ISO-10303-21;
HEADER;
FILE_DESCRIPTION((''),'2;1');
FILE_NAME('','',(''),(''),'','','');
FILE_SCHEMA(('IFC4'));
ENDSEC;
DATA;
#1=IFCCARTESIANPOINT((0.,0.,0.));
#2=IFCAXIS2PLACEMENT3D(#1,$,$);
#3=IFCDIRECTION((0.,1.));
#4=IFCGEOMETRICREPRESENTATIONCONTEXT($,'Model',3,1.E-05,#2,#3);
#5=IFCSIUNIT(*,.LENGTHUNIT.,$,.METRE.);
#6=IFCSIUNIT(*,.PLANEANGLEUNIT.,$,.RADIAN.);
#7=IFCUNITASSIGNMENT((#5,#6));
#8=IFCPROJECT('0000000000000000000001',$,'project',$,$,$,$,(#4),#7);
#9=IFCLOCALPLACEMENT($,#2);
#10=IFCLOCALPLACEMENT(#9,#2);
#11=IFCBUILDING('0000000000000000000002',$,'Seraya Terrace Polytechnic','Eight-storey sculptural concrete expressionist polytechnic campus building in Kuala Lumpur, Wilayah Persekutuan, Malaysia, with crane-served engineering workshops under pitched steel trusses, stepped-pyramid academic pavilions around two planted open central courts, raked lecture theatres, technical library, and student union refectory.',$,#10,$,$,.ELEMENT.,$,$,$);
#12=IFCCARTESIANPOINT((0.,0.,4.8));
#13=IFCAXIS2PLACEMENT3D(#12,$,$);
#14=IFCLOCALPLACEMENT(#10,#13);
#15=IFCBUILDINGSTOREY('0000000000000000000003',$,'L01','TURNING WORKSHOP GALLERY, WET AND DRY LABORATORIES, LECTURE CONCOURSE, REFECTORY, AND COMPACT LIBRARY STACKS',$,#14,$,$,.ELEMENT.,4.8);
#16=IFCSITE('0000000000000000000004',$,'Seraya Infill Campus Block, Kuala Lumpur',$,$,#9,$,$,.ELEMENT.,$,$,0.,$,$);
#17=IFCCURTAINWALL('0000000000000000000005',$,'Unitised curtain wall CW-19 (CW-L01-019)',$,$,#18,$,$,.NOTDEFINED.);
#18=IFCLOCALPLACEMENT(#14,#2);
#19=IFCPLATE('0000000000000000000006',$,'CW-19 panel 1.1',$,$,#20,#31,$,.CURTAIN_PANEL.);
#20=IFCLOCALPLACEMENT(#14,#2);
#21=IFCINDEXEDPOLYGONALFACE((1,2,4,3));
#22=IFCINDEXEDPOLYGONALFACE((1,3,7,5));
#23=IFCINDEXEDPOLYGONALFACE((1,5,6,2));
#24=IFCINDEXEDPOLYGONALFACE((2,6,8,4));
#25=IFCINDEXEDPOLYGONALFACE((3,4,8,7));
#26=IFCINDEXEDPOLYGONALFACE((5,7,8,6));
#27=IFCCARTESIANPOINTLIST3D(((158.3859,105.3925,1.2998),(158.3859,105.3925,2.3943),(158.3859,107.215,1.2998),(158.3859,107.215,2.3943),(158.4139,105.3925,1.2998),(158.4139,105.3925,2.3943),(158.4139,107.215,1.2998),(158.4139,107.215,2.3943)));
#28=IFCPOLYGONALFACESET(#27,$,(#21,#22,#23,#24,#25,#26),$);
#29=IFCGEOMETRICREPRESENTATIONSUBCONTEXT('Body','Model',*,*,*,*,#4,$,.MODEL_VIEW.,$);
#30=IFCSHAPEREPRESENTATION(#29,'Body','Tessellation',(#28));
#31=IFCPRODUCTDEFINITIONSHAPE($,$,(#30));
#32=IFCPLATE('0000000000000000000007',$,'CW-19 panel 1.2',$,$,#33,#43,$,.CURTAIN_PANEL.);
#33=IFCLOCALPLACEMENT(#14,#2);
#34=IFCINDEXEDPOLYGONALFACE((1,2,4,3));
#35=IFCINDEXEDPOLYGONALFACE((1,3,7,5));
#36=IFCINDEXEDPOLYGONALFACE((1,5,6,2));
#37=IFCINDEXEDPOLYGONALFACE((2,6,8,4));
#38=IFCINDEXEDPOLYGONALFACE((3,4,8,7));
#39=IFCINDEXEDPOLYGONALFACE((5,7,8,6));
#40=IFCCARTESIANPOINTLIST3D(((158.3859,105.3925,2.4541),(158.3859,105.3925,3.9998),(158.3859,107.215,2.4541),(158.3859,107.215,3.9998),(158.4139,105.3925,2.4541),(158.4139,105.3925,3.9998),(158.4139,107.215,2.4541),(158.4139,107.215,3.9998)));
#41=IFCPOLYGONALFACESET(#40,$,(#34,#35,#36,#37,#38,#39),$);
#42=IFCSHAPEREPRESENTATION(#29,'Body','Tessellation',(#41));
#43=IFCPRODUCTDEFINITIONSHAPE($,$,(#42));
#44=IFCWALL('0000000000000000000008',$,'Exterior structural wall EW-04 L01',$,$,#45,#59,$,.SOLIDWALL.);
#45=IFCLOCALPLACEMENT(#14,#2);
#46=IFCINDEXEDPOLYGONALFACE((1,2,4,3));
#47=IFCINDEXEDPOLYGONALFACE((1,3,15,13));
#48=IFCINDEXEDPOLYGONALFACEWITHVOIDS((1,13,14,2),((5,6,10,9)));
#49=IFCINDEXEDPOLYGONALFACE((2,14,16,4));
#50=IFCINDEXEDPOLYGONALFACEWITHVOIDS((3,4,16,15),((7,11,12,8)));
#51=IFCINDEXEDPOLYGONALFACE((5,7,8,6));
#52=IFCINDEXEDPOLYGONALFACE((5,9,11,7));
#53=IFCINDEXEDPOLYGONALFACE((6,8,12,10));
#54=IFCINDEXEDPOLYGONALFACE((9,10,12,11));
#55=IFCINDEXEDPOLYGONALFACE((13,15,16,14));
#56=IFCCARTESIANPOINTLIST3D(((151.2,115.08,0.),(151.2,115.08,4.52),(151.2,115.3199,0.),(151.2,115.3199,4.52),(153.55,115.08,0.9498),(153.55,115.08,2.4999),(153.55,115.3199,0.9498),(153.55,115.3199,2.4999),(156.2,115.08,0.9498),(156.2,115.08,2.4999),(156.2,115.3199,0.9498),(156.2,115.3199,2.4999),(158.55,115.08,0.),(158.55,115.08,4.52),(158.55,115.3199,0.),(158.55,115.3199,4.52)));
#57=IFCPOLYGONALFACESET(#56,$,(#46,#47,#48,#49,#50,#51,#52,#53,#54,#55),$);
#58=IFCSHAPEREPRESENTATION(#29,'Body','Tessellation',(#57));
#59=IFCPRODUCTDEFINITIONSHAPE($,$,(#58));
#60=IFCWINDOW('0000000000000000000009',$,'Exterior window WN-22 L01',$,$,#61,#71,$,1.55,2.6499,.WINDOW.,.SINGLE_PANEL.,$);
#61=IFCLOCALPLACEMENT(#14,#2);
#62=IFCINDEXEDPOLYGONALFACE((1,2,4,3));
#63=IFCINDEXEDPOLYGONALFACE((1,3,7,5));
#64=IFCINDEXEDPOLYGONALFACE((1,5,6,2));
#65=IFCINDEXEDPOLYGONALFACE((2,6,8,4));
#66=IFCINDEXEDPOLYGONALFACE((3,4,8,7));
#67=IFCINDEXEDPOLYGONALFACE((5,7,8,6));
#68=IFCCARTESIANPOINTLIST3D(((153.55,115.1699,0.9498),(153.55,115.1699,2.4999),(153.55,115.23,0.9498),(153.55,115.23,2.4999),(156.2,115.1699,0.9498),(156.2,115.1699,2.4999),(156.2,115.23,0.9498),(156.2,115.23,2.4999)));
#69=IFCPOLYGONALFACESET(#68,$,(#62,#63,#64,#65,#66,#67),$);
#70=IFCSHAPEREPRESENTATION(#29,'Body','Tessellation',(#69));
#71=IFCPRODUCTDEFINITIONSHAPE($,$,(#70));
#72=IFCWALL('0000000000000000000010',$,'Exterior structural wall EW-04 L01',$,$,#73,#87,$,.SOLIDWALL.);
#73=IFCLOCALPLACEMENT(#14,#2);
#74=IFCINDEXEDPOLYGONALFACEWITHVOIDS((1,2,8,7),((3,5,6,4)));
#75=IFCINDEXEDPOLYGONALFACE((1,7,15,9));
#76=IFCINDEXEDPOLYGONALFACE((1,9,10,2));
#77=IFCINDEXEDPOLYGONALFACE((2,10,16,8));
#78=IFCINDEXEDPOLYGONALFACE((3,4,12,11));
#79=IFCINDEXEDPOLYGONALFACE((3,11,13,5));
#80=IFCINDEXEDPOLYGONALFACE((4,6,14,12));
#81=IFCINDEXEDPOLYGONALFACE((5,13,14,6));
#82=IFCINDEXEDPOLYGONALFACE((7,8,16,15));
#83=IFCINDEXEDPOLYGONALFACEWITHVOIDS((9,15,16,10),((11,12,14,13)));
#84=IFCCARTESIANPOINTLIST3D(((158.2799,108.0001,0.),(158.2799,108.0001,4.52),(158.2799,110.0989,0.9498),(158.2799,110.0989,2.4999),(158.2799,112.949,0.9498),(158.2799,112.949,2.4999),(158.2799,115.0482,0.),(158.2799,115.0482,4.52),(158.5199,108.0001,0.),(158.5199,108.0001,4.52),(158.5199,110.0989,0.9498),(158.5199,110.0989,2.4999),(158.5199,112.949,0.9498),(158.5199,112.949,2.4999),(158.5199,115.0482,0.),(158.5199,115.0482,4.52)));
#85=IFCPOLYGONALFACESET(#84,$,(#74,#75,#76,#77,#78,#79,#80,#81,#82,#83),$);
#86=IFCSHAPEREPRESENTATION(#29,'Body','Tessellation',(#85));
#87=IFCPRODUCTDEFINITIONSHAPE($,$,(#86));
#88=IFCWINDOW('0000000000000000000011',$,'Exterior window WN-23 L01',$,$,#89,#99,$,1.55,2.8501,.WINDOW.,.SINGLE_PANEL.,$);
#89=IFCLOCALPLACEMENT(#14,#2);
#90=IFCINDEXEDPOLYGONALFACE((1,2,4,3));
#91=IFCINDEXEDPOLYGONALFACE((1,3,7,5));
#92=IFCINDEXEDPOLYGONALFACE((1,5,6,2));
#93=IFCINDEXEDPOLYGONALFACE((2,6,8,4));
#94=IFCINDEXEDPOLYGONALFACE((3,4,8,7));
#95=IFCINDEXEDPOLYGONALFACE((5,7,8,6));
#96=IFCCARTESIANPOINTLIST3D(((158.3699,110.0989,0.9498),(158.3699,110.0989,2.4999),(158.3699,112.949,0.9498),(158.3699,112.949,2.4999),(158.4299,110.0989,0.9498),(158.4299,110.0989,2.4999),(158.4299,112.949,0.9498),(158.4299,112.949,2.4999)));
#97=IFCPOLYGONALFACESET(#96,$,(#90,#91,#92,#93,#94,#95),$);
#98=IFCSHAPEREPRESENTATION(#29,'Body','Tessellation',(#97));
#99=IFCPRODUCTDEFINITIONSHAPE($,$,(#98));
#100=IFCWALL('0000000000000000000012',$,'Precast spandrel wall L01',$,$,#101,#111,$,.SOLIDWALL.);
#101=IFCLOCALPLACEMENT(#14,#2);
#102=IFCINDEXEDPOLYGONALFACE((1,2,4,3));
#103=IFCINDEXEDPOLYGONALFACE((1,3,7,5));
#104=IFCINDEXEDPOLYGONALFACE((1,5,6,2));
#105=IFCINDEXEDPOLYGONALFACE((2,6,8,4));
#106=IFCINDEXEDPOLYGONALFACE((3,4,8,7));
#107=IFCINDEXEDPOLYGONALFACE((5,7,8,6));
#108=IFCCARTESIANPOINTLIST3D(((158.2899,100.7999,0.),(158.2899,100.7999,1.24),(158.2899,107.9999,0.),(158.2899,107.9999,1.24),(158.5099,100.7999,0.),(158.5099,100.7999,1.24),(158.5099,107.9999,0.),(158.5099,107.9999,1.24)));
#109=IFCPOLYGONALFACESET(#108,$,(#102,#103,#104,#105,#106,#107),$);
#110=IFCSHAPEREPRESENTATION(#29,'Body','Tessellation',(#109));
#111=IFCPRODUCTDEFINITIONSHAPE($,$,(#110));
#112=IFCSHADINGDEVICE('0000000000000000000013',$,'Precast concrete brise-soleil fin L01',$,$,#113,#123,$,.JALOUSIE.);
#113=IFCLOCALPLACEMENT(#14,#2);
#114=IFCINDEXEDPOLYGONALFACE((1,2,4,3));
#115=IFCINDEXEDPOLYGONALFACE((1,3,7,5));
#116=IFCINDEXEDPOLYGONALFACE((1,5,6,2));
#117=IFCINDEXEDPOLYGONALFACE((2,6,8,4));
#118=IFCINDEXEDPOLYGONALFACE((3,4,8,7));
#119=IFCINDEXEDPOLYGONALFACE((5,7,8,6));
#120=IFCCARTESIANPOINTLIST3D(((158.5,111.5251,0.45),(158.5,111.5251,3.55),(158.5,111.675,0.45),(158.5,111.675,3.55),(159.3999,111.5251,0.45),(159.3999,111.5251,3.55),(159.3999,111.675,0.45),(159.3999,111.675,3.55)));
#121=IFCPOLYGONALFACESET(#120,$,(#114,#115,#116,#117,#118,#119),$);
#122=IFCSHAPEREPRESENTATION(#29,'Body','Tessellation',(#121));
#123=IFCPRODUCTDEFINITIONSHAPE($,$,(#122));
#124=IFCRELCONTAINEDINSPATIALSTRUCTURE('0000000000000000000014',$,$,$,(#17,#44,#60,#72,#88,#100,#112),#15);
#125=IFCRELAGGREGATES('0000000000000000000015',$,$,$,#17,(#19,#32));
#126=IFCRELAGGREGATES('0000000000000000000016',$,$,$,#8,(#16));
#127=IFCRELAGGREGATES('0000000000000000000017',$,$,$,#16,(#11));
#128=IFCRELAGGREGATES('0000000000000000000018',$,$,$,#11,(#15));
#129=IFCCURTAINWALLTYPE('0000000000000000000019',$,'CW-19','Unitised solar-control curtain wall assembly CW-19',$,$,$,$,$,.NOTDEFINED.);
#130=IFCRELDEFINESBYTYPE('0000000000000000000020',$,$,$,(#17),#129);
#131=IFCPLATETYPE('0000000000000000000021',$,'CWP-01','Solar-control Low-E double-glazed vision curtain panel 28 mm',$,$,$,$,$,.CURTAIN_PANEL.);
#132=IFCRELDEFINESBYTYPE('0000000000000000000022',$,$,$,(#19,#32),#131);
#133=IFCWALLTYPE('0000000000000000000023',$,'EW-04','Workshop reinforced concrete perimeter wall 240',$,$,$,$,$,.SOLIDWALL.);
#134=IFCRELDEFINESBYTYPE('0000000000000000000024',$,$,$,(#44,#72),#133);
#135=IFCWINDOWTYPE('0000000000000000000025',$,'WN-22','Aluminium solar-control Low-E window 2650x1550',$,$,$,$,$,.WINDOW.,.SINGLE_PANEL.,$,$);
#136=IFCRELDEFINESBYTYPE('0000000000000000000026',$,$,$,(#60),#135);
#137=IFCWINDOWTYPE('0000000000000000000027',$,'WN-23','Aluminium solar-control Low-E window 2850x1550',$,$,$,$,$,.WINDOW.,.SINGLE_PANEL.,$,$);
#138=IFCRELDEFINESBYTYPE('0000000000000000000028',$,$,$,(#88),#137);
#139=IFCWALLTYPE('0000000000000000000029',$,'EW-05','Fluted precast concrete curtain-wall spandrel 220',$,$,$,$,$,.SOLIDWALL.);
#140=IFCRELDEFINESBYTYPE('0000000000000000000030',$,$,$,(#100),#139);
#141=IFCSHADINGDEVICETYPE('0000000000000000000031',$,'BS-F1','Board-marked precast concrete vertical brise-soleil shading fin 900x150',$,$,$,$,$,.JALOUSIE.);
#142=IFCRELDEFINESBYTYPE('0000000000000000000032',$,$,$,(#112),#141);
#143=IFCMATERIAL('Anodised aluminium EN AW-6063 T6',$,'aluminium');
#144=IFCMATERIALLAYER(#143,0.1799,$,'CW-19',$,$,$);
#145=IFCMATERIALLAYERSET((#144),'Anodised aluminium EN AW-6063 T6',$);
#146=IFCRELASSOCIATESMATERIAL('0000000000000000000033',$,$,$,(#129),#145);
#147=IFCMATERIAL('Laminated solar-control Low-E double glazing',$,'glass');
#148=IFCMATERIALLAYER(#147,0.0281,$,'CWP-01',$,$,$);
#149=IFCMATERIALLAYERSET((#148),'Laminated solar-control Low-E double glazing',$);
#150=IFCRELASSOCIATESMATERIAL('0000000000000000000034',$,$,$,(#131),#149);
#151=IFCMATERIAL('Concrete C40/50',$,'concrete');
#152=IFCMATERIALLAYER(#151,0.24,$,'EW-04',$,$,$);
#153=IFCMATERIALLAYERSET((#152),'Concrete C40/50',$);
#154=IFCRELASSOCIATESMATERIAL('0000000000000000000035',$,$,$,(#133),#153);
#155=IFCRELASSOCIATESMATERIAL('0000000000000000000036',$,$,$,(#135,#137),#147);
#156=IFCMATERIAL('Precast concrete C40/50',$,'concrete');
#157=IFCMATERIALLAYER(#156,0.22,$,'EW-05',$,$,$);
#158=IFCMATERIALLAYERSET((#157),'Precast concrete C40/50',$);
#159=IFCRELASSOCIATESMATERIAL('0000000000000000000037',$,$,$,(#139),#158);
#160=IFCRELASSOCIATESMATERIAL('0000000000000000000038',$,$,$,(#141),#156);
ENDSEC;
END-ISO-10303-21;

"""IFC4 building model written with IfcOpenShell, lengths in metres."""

from ifc_helpers import new_model, si_unit, direction, frame, frame_2d, origin, origin_2d, place, context, subcontext, project, spatial, rectangle, extrude, material, layer, layer_set, type_object, element, fill, aggregate, save


model = new_model("IFC4")

# Units and contexts
model_context = context("Model", 3, precision=1e-05, world=origin(), true_north=direction((0.0, 1.0)))
body_context = subcontext(model_context, "Body", "Model", "MODEL_VIEW")
ifc_project = project(units=[si_unit("LENGTHUNIT", "METRE"), si_unit("PLANEANGLEUNIT", "RADIAN")], contexts=[model_context])

# Site, building, storey
site_placement = place(None, origin())
site = spatial("IfcSite", under=ifc_project, at=site_placement, Name="Seraya Infill Campus Block, Kuala Lumpur", CompositionType="ELEMENT", RefElevation=0.0)
building_placement = place(site_placement, origin())
building = spatial("IfcBuilding", under=site, at=building_placement, Name="Seraya Terrace Polytechnic", Description="Eight-storey sculptural concrete expressionist polytechnic campus building in Kuala Lumpur, Wilayah Persekutuan, Malaysia, with crane-served engineering workshops under pitched steel trusses, stepped-pyramid academic pavilions around two planted open central courts, raked lecture theatres, technical library, and student union refectory.", CompositionType="ELEMENT")
storey_placement = place(building_placement, frame((0.0, 0.0, 4.8)))
storey = spatial("IfcBuildingStorey", under=building, at=storey_placement, Name="L01", Description="TURNING WORKSHOP GALLERY, WET AND DRY LABORATORIES, LECTURE CONCOURSE, REFECTORY, AND COMPACT LIBRARY STACKS", CompositionType="ELEMENT", Elevation=4.8)

# Shared definitions
ifc_material_1 = material(Name="Concrete C40/50", Category="concrete")

# Curtain wall
ifc_material_2 = material(Name="Anodised aluminium EN AW-6063 T6", Category="aluminium")
ifc_layer_1 = layer(ifc_material_2, 0.1799, Name="CW-19")
ifc_layer_set_1 = layer_set([ifc_layer_1], Name="Anodised aluminium EN AW-6063 T6")
curtain_wall_type = type_object("IfcCurtainWallType", Name="CW-19", Description="Unitised solar-control curtain wall assembly CW-19", PredefinedType="NOTDEFINED", material=ifc_layer_set_1)
curtain_wall_placement = place(storey_placement, origin())
curtain_wall = element("IfcCurtainWall", 1, at=curtain_wall_placement, inside=storey, type_object=curtain_wall_type, Name="Unitised curtain wall CW-19 (CW-L01-019)", PredefinedType="NOTDEFINED")

# Plates
ifc_material_3 = material(Name="Laminated solar-control Low-E double glazing", Category="glass")
ifc_layer_2 = layer(ifc_material_3, 0.0281, Name="CWP-01")
ifc_layer_set_2 = layer_set([ifc_layer_2], Name="Laminated solar-control Low-E double glazing")
plate_type = type_object("IfcPlateType", Name="CWP-01", Description="Solar-control Low-E double-glazed vision curtain panel 28 mm", PredefinedType="CURTAIN_PANEL", material=ifc_layer_set_2)
plate_1_placement = place(storey_placement, frame((158.3999, 106.3037, 1.2998), z_axis=(0.0, 0.0, 1.0), x_axis=(0.0, -1.0, 0.0)))
plate_1 = element("IfcPlate", 2, at=plate_1_placement, type_object=plate_type, Name="CW-19 panel 1.1", PredefinedType="CURTAIN_PANEL", context=body_context, shape_type="SweptSolid", body=[
    extrude(rectangle(XDim=1.8225, YDim=0.0281, at=origin_2d()), origin(), (0.0, 0.0, 1.0), 1.0945),
])
plate_2_placement = place(storey_placement, frame((158.3999, 106.3037, 2.4541), z_axis=(0.0, 0.0, 1.0), x_axis=(0.0, -1.0, 0.0)))
plate_2 = element("IfcPlate", 3, at=plate_2_placement, type_object=plate_type, Name="CW-19 panel 1.2", PredefinedType="CURTAIN_PANEL", context=body_context, shape_type="SweptSolid", body=[
    extrude(rectangle(XDim=1.8225, YDim=0.0281, at=origin_2d()), origin(), (0.0, 0.0, 1.0), 1.5457),
])
aggregate(curtain_wall, [plate_1, plate_2])

# Walls, openings, windows
ifc_layer_3 = layer(ifc_material_1, 0.24, Name="EW-04")
ifc_layer_set_3 = layer_set([ifc_layer_3], Name="Concrete C40/50")
wall_type_1 = type_object("IfcWallType", Name="EW-04", Description="Workshop reinforced concrete perimeter wall 240", PredefinedType="SOLIDWALL", material=ifc_layer_set_3)
wall_1_placement = place(storey_placement, frame((151.2, 115.2, 0.0), z_axis=(0.0, 0.0, 1.0), x_axis=(1.0, 0.0, 0.0)))
wall_1 = element("IfcWall", 4, at=wall_1_placement, inside=storey, type_object=wall_type_1, Name="Exterior structural wall EW-04 L01", PredefinedType="SOLIDWALL", context=body_context, shape_type="SweptSolid", body=[
    extrude(rectangle(XDim=7.3501, YDim=0.24, at=frame_2d((3.675, 0.0))), origin(), (0.0, 0.0, 1.0), 4.52),
])
opening_1_placement = place(wall_1_placement, frame((2.3501, 0.0, 0.95)))
opening_1 = element("IfcOpeningElement", 5, at=opening_1_placement, cuts=wall_1, PredefinedType="OPENING", context=body_context, shape_type="SweptSolid", body=[
    extrude(rectangle(XDim=2.6499, YDim=1.55, at=frame_2d((1.325, 0.7749))), frame((0.0, 0.1318, 0.0), z_axis=(0.0, -1.0, 0.0), x_axis=(1.0, 0.0, 0.0)), (0.0, 0.0, 1.0), 0.2639),
])
window_type_1 = type_object("IfcWindowType", Name="WN-22", Description="Aluminium solar-control Low-E window 2650x1550", PartitioningType="SINGLE_PANEL", PredefinedType="WINDOW", material=ifc_material_3)
window_1_placement = place(opening_1_placement, origin())
window_1 = element("IfcWindow", 6, at=window_1_placement, inside=storey, type_object=window_type_1, Name="Exterior window WN-22 L01", OverallHeight=1.55, OverallWidth=2.6499, PartitioningType="SINGLE_PANEL", PredefinedType="WINDOW", context=body_context, shape_type="SweptSolid", body=[
    extrude(rectangle(XDim=2.6499, YDim=1.55, at=frame_2d((1.325, 0.7749))), frame((0.0, 0.03, 0.0), z_axis=(0.0, -1.0, 0.0), x_axis=(1.0, 0.0, 0.0)), (0.0, 0.0, 1.0), 0.0601),
])
fill(opening_1, window_1)
wall_2_placement = place(storey_placement, frame((158.3999, 115.0481, 0.0), z_axis=(0.0, 0.0, 1.0), x_axis=(0.0, -1.0, 0.0)))
wall_2 = element("IfcWall", 7, at=wall_2_placement, inside=storey, type_object=wall_type_1, Name="Exterior structural wall EW-04 L01", PredefinedType="SOLIDWALL", context=body_context, shape_type="SweptSolid", body=[
    extrude(rectangle(XDim=7.0481, YDim=0.24, at=frame_2d((3.5239, 0.0))), origin(), (0.0, 0.0, 1.0), 4.52),
])
opening_2_placement = place(wall_2_placement, frame((2.0991, 0.0, 0.95)))
opening_2 = element("IfcOpeningElement", 8, at=opening_2_placement, cuts=wall_2, PredefinedType="OPENING", context=body_context, shape_type="SweptSolid", body=[
    extrude(rectangle(XDim=2.8501, YDim=1.55, at=frame_2d((1.425, 0.7749))), frame((0.0, 0.1318, 0.0), z_axis=(0.0, -1.0, 0.0), x_axis=(1.0, 0.0, 0.0)), (0.0, 0.0, 1.0), 0.2639),
])
window_type_2 = type_object("IfcWindowType", Name="WN-23", Description="Aluminium solar-control Low-E window 2850x1550", PartitioningType="SINGLE_PANEL", PredefinedType="WINDOW", material=ifc_material_3)
window_2_placement = place(opening_2_placement, origin())
window_2 = element("IfcWindow", 9, at=window_2_placement, inside=storey, type_object=window_type_2, Name="Exterior window WN-23 L01", OverallHeight=1.55, OverallWidth=2.8501, PartitioningType="SINGLE_PANEL", PredefinedType="WINDOW", context=body_context, shape_type="SweptSolid", body=[
    extrude(rectangle(XDim=2.8501, YDim=1.55, at=frame_2d((1.425, 0.7749))), frame((0.0, 0.03, 0.0), z_axis=(0.0, -1.0, 0.0), x_axis=(1.0, 0.0, 0.0)), (0.0, 0.0, 1.0), 0.0601),
])
fill(opening_2, window_2)

# Wall
ifc_material_4 = material(Name="Precast concrete C40/50", Category="concrete")
ifc_layer_4 = layer(ifc_material_4, 0.22, Name="EW-05")
ifc_layer_set_4 = layer_set([ifc_layer_4], Name="Precast concrete C40/50")
wall_type_2 = type_object("IfcWallType", Name="EW-05", Description="Fluted precast concrete curtain-wall spandrel 220", PredefinedType="SOLIDWALL", material=ifc_layer_set_4)
wall_3_placement = place(storey_placement, frame((158.3999, 108.0, 0.0), z_axis=(0.0, 0.0, 1.0), x_axis=(0.0, -1.0, 0.0)))
element("IfcWall", 10, at=wall_3_placement, inside=storey, type_object=wall_type_2, Name="Precast spandrel wall L01", PredefinedType="SOLIDWALL", context=body_context, shape_type="SweptSolid", body=[
    extrude(rectangle(XDim=7.2, YDim=0.22, at=frame_2d((3.6001, 0.0))), origin(), (0.0, 0.0, 1.0), 1.24),
])

# Shading device
shading_device_type = type_object("IfcShadingDeviceType", Name="BS-F1", Description="Board-marked precast concrete vertical brise-soleil shading fin 900x150", PredefinedType="JALOUSIE", material=ifc_material_4)
shading_device_placement = place(storey_placement, frame((158.95, 111.6001, 0.45), z_axis=(0.0, 0.0, 1.0), x_axis=(1.0, 0.0, 0.0)))
element("IfcShadingDevice", 11, at=shading_device_placement, inside=storey, type_object=shading_device_type, Name="Precast concrete brise-soleil fin L01", PredefinedType="JALOUSIE", context=body_context, shape_type="SweptSolid", body=[
    extrude(rectangle(XDim=0.8999, YDim=0.1499, at=origin_2d()), origin(), (0.0, 0.0, 1.0), 3.1001),
])

save(model, "model.ifc")
